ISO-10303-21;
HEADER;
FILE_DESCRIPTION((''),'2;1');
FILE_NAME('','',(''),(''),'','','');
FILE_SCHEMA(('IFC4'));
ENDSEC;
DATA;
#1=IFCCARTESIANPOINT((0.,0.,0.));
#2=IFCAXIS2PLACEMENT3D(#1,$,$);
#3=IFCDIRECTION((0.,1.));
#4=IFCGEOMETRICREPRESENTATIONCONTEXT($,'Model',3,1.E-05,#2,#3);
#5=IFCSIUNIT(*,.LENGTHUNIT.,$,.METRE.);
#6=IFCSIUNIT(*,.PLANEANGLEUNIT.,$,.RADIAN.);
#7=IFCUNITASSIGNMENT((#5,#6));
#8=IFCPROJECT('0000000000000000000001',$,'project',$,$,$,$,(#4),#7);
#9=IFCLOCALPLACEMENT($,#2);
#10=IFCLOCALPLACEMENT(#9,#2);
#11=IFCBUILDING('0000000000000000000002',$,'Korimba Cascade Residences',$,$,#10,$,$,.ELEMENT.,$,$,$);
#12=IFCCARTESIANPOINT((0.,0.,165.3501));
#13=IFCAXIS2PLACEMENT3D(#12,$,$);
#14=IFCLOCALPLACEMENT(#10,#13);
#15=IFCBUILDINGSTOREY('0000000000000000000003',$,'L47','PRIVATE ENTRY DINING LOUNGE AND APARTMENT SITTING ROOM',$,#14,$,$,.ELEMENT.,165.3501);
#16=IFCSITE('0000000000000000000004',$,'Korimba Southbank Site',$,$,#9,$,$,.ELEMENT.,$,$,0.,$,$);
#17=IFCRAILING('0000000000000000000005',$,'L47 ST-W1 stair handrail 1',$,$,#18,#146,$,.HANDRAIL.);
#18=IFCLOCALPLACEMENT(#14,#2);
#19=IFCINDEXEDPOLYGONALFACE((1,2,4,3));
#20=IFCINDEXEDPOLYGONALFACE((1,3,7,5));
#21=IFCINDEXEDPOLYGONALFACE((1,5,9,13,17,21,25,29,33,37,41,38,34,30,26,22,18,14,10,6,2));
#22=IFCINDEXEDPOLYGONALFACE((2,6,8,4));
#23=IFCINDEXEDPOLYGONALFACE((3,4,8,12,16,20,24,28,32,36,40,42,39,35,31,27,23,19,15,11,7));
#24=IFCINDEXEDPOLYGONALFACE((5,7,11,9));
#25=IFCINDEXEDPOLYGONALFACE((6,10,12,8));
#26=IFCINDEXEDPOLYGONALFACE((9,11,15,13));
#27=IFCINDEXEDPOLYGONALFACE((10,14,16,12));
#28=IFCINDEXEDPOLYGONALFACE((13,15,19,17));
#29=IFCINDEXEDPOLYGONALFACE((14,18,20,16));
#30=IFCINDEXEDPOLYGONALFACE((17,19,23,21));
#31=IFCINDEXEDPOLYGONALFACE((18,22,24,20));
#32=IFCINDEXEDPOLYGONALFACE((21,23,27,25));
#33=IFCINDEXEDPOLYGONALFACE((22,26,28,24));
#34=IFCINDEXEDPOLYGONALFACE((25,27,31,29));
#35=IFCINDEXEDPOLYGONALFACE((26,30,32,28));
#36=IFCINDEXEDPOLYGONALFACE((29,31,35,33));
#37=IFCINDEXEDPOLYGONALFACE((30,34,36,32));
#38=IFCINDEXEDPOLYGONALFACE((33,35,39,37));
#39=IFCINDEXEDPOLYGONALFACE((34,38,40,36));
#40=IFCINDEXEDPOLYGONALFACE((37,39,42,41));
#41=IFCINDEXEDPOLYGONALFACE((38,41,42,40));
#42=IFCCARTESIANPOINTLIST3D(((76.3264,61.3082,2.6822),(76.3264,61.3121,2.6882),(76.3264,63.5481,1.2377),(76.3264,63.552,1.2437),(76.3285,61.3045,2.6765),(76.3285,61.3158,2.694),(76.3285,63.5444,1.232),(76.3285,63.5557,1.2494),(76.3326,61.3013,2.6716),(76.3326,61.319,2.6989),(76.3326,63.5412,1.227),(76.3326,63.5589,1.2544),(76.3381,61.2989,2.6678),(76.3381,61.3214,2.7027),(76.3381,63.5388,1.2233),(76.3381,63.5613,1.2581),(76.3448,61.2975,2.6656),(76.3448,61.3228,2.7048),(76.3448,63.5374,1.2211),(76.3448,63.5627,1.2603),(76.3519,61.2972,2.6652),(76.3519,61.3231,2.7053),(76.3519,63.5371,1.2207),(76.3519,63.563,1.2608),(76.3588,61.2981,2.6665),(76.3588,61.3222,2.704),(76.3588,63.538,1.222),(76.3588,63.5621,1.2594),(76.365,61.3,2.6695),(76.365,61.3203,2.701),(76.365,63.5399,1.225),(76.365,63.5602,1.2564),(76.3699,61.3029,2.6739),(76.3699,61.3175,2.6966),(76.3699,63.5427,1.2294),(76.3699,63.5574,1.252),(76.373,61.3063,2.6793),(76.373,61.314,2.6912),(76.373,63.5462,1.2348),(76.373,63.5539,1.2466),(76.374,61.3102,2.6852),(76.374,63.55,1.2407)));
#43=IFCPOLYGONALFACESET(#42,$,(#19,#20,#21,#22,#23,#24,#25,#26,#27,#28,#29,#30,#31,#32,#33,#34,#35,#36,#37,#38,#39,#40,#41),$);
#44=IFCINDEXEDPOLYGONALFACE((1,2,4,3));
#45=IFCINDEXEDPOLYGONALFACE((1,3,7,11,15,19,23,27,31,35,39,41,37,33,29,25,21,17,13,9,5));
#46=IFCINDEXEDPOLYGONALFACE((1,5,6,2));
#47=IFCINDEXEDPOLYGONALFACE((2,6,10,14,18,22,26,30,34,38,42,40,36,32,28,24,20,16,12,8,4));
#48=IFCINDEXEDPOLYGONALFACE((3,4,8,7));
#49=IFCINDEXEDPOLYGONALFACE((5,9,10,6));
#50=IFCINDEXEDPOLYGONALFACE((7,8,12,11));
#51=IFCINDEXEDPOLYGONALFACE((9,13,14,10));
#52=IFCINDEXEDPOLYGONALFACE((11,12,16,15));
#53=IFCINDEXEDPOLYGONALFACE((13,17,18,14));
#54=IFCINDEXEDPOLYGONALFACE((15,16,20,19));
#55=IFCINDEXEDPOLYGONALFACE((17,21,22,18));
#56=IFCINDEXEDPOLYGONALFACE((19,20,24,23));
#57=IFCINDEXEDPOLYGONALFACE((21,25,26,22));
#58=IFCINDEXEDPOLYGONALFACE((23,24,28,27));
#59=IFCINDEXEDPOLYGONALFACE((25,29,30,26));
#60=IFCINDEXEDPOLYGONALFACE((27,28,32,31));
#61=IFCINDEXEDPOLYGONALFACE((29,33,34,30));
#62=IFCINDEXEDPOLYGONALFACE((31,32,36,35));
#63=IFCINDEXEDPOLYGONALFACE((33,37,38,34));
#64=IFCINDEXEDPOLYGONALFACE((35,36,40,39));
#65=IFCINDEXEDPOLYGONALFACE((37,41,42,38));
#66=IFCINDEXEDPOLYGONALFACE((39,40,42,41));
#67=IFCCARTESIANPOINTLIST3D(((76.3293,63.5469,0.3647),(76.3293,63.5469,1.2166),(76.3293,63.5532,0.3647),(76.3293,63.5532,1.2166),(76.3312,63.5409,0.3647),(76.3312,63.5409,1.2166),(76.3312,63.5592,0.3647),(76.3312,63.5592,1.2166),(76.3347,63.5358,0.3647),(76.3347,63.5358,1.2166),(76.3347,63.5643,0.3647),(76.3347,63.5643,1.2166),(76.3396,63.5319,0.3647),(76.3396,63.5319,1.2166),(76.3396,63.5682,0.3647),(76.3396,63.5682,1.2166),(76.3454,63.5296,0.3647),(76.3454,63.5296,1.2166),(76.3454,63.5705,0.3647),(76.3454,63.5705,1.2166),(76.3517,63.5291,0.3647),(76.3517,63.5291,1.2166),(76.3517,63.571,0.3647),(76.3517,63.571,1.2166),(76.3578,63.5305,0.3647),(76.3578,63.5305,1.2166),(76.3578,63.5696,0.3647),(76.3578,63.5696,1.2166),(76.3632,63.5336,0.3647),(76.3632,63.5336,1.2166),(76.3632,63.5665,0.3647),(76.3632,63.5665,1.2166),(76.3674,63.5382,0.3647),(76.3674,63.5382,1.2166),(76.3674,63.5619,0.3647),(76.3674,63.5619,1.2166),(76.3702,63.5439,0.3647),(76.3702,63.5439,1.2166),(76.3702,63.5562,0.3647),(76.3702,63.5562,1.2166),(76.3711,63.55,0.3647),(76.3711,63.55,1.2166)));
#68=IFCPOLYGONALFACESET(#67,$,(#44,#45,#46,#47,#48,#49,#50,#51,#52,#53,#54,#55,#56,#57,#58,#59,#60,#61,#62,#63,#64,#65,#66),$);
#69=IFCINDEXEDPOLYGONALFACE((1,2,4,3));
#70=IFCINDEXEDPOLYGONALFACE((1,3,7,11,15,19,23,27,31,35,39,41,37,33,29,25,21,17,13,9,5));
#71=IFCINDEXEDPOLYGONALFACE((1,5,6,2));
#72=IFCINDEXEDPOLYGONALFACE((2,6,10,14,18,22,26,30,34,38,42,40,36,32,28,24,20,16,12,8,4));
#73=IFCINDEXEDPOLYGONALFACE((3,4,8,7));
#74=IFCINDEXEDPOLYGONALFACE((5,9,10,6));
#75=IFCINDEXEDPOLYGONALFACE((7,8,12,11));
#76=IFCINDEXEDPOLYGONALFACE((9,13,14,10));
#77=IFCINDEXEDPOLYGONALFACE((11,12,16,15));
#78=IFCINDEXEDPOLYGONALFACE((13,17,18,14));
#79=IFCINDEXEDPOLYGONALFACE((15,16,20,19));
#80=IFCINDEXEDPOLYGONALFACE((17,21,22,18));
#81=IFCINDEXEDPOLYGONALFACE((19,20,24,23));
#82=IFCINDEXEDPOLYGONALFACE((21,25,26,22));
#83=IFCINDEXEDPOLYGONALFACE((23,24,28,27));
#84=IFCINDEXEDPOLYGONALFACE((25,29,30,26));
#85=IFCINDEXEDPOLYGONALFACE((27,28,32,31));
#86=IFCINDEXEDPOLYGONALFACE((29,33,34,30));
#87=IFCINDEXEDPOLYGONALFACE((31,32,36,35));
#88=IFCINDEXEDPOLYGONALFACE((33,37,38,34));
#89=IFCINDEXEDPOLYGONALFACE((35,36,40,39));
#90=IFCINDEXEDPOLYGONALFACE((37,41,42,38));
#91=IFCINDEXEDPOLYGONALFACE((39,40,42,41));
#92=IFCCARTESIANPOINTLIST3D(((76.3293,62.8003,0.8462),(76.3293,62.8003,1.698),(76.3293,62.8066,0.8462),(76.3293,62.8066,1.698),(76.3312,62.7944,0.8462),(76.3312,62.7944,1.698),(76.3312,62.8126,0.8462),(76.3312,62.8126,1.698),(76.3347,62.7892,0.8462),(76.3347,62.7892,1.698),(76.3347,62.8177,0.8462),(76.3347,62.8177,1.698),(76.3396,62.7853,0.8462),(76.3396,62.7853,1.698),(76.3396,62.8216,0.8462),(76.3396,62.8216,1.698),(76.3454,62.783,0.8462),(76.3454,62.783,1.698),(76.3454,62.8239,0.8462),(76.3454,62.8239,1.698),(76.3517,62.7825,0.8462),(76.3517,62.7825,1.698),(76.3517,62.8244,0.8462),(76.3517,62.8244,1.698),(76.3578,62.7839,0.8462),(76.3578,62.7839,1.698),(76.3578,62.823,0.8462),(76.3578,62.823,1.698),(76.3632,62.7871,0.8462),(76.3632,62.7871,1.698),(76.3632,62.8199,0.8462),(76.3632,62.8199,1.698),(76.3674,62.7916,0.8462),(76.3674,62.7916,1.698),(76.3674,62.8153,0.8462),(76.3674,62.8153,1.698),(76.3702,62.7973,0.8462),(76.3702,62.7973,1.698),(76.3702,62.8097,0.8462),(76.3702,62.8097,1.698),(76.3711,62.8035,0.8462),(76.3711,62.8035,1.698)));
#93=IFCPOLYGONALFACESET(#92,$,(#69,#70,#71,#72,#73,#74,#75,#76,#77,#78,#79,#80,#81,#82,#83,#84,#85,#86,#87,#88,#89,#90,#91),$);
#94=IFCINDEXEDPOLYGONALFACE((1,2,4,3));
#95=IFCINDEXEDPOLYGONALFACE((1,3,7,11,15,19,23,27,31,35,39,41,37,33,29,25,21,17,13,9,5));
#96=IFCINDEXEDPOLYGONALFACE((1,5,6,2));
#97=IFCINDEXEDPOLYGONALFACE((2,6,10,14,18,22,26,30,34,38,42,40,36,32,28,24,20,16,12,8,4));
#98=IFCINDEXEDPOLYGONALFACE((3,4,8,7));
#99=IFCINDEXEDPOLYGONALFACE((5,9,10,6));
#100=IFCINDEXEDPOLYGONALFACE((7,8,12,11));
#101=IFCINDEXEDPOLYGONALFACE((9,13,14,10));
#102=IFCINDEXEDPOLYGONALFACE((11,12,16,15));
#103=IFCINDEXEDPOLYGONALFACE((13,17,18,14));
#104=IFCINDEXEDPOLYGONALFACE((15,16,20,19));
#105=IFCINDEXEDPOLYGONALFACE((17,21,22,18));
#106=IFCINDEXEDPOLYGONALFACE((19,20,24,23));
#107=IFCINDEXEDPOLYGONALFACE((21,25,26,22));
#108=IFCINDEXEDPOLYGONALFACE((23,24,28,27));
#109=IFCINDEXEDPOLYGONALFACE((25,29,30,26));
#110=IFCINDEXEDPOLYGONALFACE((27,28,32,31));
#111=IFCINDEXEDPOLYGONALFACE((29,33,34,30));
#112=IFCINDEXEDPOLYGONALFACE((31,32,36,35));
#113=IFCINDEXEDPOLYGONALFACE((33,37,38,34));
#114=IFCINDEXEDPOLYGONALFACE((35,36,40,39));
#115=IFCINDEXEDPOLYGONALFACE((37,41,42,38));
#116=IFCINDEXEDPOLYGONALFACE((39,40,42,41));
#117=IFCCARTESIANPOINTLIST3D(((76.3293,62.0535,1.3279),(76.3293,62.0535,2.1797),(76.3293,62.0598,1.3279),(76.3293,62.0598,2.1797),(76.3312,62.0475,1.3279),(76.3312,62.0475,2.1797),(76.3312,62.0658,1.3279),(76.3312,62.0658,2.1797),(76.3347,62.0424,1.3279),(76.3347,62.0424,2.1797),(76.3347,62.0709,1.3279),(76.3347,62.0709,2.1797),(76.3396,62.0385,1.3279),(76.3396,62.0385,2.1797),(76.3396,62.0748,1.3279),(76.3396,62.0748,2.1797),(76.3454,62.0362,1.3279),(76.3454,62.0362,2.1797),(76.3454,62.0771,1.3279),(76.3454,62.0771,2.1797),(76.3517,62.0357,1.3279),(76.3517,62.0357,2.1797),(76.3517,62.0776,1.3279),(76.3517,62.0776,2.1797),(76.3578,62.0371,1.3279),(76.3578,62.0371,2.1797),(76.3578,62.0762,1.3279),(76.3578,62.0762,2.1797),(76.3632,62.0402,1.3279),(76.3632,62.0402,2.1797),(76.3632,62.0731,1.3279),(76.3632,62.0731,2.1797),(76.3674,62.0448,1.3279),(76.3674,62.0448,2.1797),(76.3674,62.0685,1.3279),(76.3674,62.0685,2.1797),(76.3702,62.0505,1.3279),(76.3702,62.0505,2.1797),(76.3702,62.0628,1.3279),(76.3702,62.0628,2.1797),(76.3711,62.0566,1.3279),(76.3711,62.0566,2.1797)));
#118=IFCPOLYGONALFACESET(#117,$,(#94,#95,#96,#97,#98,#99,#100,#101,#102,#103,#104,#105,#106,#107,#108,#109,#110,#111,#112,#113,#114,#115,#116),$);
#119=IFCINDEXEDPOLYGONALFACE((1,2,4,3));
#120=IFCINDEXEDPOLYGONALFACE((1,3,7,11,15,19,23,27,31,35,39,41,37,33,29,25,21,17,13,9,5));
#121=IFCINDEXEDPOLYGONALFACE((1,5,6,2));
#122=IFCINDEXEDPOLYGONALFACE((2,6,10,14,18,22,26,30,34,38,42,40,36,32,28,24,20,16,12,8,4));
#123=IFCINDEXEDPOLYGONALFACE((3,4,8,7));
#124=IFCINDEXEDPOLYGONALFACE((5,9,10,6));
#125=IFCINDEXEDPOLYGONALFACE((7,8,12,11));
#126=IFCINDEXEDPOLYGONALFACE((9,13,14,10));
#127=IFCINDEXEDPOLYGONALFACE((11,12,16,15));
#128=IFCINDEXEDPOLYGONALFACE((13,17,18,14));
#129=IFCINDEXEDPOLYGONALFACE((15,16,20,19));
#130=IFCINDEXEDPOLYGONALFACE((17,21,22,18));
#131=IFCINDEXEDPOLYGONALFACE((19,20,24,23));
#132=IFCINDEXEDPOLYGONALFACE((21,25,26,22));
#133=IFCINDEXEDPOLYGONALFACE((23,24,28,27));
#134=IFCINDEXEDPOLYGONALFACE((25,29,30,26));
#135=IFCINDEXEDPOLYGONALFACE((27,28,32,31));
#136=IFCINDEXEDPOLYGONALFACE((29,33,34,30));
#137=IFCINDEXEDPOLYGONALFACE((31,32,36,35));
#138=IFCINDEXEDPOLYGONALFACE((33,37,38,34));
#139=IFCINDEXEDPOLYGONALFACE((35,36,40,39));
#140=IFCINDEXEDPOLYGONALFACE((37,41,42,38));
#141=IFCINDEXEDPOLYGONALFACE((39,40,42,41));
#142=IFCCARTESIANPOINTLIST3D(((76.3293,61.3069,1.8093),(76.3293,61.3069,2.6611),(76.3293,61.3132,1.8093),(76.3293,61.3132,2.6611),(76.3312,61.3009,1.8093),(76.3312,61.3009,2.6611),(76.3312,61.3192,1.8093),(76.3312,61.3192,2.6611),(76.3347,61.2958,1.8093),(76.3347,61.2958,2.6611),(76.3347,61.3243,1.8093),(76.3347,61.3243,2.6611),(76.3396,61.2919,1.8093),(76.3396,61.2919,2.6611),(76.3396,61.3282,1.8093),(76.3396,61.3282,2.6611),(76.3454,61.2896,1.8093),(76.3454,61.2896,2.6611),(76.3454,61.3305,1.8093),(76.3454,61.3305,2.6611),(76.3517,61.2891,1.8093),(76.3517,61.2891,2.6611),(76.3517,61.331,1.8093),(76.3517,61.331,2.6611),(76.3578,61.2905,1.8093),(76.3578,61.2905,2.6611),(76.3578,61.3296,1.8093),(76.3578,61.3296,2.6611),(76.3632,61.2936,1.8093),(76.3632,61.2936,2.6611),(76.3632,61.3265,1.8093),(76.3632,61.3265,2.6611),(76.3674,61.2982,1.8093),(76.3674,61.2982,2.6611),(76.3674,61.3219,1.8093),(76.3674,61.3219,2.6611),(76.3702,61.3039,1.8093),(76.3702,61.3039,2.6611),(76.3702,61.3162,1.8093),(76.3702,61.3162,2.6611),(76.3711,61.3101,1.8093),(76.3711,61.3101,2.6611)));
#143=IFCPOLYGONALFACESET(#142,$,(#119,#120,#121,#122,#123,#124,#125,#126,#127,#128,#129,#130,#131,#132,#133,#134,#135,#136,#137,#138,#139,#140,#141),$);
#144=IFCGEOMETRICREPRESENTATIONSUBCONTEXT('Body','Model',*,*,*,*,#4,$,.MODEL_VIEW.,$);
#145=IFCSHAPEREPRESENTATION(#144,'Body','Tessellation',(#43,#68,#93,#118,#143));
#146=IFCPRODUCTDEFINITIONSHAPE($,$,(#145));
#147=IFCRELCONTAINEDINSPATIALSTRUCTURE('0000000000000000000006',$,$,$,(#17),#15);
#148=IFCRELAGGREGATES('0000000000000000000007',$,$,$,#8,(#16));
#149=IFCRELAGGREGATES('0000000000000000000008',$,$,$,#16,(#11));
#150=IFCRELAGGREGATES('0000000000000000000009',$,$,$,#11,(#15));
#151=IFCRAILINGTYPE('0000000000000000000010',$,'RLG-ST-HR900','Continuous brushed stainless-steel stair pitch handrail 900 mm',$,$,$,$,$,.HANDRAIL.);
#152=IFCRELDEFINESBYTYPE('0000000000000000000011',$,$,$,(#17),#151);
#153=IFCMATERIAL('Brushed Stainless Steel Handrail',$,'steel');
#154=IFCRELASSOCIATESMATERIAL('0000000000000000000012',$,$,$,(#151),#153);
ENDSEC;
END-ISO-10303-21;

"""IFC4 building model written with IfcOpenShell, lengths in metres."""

from ifc_helpers import new_model, si_unit, direction, frame, origin, origin_2d, place, context, subcontext, project, spatial, circle, extrude, material, type_object, element, save


model = new_model("IFC4")

# Units and contexts
model_context = context("Model", 3, precision=1e-05, world=origin(), true_north=direction((0.0, 1.0)))
body_context = subcontext(model_context, "Body", "Model", "MODEL_VIEW")
ifc_project = project(units=[si_unit("LENGTHUNIT", "METRE"), si_unit("PLANEANGLEUNIT", "RADIAN")], contexts=[model_context])

# Site, building, storey
site_placement = place(None, origin())
site = spatial("IfcSite", under=ifc_project, at=site_placement, Name="Korimba Southbank Site", CompositionType="ELEMENT", RefElevation=0.0)
building_placement = place(site_placement, origin())
building = spatial("IfcBuilding", under=site, at=building_placement, Name="Korimba Cascade Residences", CompositionType="ELEMENT")
storey_placement = place(building_placement, frame((0.0, 0.0, 165.3501)))
storey = spatial("IfcBuildingStorey", under=building, at=storey_placement, Name="L47", Description="PRIVATE ENTRY DINING LOUNGE AND APARTMENT SITTING ROOM", CompositionType="ELEMENT", Elevation=165.3501)

# Railing
ifc_material_1 = material(Name="Brushed Stainless Steel Handrail", Category="steel")
railing_type_1 = type_object("IfcRailingType", Name="RLG-ST-HR900", Description="Continuous brushed stainless-steel stair pitch handrail 900 mm", PredefinedType="HANDRAIL", material=ifc_material_1)
railing_1_placement = place(storey_placement, frame((76.3501, 63.55, 0.3647)))
element("IfcRailing", 1, at=railing_1_placement, inside=storey, type_object=railing_type_1, Name="L47 ST-W1 stair handrail 1", PredefinedType="HANDRAIL", context=body_context, shape_type="SweptSolid", body=[
    extrude(circle(Radius=0.0239, at=origin_2d()), frame((0.0, 0.0, 0.876), z_axis=(0.0, -0.840395, 0.541975), x_axis=(1.0, 0.0, 0.0)), (0.0, 0.0, 1.0), 2.6653),
    extrude(circle(Radius=0.021, at=origin_2d()), origin(), (0.0, 0.0, 1.0), 0.8518),
    extrude(circle(Radius=0.021, at=origin_2d()), frame((0.0, -0.7466, 0.4814)), (0.0, 0.0, 1.0), 0.8518),
    extrude(circle(Radius=0.021, at=origin_2d()), frame((0.0, -1.4934, 0.9631)), (0.0, 0.0, 1.0), 0.8518),
    extrude(circle(Radius=0.021, at=origin_2d()), frame((0.0, -2.24, 1.4446)), (0.0, 0.0, 1.0), 0.8518),
])

save(model, "model.ifc")
